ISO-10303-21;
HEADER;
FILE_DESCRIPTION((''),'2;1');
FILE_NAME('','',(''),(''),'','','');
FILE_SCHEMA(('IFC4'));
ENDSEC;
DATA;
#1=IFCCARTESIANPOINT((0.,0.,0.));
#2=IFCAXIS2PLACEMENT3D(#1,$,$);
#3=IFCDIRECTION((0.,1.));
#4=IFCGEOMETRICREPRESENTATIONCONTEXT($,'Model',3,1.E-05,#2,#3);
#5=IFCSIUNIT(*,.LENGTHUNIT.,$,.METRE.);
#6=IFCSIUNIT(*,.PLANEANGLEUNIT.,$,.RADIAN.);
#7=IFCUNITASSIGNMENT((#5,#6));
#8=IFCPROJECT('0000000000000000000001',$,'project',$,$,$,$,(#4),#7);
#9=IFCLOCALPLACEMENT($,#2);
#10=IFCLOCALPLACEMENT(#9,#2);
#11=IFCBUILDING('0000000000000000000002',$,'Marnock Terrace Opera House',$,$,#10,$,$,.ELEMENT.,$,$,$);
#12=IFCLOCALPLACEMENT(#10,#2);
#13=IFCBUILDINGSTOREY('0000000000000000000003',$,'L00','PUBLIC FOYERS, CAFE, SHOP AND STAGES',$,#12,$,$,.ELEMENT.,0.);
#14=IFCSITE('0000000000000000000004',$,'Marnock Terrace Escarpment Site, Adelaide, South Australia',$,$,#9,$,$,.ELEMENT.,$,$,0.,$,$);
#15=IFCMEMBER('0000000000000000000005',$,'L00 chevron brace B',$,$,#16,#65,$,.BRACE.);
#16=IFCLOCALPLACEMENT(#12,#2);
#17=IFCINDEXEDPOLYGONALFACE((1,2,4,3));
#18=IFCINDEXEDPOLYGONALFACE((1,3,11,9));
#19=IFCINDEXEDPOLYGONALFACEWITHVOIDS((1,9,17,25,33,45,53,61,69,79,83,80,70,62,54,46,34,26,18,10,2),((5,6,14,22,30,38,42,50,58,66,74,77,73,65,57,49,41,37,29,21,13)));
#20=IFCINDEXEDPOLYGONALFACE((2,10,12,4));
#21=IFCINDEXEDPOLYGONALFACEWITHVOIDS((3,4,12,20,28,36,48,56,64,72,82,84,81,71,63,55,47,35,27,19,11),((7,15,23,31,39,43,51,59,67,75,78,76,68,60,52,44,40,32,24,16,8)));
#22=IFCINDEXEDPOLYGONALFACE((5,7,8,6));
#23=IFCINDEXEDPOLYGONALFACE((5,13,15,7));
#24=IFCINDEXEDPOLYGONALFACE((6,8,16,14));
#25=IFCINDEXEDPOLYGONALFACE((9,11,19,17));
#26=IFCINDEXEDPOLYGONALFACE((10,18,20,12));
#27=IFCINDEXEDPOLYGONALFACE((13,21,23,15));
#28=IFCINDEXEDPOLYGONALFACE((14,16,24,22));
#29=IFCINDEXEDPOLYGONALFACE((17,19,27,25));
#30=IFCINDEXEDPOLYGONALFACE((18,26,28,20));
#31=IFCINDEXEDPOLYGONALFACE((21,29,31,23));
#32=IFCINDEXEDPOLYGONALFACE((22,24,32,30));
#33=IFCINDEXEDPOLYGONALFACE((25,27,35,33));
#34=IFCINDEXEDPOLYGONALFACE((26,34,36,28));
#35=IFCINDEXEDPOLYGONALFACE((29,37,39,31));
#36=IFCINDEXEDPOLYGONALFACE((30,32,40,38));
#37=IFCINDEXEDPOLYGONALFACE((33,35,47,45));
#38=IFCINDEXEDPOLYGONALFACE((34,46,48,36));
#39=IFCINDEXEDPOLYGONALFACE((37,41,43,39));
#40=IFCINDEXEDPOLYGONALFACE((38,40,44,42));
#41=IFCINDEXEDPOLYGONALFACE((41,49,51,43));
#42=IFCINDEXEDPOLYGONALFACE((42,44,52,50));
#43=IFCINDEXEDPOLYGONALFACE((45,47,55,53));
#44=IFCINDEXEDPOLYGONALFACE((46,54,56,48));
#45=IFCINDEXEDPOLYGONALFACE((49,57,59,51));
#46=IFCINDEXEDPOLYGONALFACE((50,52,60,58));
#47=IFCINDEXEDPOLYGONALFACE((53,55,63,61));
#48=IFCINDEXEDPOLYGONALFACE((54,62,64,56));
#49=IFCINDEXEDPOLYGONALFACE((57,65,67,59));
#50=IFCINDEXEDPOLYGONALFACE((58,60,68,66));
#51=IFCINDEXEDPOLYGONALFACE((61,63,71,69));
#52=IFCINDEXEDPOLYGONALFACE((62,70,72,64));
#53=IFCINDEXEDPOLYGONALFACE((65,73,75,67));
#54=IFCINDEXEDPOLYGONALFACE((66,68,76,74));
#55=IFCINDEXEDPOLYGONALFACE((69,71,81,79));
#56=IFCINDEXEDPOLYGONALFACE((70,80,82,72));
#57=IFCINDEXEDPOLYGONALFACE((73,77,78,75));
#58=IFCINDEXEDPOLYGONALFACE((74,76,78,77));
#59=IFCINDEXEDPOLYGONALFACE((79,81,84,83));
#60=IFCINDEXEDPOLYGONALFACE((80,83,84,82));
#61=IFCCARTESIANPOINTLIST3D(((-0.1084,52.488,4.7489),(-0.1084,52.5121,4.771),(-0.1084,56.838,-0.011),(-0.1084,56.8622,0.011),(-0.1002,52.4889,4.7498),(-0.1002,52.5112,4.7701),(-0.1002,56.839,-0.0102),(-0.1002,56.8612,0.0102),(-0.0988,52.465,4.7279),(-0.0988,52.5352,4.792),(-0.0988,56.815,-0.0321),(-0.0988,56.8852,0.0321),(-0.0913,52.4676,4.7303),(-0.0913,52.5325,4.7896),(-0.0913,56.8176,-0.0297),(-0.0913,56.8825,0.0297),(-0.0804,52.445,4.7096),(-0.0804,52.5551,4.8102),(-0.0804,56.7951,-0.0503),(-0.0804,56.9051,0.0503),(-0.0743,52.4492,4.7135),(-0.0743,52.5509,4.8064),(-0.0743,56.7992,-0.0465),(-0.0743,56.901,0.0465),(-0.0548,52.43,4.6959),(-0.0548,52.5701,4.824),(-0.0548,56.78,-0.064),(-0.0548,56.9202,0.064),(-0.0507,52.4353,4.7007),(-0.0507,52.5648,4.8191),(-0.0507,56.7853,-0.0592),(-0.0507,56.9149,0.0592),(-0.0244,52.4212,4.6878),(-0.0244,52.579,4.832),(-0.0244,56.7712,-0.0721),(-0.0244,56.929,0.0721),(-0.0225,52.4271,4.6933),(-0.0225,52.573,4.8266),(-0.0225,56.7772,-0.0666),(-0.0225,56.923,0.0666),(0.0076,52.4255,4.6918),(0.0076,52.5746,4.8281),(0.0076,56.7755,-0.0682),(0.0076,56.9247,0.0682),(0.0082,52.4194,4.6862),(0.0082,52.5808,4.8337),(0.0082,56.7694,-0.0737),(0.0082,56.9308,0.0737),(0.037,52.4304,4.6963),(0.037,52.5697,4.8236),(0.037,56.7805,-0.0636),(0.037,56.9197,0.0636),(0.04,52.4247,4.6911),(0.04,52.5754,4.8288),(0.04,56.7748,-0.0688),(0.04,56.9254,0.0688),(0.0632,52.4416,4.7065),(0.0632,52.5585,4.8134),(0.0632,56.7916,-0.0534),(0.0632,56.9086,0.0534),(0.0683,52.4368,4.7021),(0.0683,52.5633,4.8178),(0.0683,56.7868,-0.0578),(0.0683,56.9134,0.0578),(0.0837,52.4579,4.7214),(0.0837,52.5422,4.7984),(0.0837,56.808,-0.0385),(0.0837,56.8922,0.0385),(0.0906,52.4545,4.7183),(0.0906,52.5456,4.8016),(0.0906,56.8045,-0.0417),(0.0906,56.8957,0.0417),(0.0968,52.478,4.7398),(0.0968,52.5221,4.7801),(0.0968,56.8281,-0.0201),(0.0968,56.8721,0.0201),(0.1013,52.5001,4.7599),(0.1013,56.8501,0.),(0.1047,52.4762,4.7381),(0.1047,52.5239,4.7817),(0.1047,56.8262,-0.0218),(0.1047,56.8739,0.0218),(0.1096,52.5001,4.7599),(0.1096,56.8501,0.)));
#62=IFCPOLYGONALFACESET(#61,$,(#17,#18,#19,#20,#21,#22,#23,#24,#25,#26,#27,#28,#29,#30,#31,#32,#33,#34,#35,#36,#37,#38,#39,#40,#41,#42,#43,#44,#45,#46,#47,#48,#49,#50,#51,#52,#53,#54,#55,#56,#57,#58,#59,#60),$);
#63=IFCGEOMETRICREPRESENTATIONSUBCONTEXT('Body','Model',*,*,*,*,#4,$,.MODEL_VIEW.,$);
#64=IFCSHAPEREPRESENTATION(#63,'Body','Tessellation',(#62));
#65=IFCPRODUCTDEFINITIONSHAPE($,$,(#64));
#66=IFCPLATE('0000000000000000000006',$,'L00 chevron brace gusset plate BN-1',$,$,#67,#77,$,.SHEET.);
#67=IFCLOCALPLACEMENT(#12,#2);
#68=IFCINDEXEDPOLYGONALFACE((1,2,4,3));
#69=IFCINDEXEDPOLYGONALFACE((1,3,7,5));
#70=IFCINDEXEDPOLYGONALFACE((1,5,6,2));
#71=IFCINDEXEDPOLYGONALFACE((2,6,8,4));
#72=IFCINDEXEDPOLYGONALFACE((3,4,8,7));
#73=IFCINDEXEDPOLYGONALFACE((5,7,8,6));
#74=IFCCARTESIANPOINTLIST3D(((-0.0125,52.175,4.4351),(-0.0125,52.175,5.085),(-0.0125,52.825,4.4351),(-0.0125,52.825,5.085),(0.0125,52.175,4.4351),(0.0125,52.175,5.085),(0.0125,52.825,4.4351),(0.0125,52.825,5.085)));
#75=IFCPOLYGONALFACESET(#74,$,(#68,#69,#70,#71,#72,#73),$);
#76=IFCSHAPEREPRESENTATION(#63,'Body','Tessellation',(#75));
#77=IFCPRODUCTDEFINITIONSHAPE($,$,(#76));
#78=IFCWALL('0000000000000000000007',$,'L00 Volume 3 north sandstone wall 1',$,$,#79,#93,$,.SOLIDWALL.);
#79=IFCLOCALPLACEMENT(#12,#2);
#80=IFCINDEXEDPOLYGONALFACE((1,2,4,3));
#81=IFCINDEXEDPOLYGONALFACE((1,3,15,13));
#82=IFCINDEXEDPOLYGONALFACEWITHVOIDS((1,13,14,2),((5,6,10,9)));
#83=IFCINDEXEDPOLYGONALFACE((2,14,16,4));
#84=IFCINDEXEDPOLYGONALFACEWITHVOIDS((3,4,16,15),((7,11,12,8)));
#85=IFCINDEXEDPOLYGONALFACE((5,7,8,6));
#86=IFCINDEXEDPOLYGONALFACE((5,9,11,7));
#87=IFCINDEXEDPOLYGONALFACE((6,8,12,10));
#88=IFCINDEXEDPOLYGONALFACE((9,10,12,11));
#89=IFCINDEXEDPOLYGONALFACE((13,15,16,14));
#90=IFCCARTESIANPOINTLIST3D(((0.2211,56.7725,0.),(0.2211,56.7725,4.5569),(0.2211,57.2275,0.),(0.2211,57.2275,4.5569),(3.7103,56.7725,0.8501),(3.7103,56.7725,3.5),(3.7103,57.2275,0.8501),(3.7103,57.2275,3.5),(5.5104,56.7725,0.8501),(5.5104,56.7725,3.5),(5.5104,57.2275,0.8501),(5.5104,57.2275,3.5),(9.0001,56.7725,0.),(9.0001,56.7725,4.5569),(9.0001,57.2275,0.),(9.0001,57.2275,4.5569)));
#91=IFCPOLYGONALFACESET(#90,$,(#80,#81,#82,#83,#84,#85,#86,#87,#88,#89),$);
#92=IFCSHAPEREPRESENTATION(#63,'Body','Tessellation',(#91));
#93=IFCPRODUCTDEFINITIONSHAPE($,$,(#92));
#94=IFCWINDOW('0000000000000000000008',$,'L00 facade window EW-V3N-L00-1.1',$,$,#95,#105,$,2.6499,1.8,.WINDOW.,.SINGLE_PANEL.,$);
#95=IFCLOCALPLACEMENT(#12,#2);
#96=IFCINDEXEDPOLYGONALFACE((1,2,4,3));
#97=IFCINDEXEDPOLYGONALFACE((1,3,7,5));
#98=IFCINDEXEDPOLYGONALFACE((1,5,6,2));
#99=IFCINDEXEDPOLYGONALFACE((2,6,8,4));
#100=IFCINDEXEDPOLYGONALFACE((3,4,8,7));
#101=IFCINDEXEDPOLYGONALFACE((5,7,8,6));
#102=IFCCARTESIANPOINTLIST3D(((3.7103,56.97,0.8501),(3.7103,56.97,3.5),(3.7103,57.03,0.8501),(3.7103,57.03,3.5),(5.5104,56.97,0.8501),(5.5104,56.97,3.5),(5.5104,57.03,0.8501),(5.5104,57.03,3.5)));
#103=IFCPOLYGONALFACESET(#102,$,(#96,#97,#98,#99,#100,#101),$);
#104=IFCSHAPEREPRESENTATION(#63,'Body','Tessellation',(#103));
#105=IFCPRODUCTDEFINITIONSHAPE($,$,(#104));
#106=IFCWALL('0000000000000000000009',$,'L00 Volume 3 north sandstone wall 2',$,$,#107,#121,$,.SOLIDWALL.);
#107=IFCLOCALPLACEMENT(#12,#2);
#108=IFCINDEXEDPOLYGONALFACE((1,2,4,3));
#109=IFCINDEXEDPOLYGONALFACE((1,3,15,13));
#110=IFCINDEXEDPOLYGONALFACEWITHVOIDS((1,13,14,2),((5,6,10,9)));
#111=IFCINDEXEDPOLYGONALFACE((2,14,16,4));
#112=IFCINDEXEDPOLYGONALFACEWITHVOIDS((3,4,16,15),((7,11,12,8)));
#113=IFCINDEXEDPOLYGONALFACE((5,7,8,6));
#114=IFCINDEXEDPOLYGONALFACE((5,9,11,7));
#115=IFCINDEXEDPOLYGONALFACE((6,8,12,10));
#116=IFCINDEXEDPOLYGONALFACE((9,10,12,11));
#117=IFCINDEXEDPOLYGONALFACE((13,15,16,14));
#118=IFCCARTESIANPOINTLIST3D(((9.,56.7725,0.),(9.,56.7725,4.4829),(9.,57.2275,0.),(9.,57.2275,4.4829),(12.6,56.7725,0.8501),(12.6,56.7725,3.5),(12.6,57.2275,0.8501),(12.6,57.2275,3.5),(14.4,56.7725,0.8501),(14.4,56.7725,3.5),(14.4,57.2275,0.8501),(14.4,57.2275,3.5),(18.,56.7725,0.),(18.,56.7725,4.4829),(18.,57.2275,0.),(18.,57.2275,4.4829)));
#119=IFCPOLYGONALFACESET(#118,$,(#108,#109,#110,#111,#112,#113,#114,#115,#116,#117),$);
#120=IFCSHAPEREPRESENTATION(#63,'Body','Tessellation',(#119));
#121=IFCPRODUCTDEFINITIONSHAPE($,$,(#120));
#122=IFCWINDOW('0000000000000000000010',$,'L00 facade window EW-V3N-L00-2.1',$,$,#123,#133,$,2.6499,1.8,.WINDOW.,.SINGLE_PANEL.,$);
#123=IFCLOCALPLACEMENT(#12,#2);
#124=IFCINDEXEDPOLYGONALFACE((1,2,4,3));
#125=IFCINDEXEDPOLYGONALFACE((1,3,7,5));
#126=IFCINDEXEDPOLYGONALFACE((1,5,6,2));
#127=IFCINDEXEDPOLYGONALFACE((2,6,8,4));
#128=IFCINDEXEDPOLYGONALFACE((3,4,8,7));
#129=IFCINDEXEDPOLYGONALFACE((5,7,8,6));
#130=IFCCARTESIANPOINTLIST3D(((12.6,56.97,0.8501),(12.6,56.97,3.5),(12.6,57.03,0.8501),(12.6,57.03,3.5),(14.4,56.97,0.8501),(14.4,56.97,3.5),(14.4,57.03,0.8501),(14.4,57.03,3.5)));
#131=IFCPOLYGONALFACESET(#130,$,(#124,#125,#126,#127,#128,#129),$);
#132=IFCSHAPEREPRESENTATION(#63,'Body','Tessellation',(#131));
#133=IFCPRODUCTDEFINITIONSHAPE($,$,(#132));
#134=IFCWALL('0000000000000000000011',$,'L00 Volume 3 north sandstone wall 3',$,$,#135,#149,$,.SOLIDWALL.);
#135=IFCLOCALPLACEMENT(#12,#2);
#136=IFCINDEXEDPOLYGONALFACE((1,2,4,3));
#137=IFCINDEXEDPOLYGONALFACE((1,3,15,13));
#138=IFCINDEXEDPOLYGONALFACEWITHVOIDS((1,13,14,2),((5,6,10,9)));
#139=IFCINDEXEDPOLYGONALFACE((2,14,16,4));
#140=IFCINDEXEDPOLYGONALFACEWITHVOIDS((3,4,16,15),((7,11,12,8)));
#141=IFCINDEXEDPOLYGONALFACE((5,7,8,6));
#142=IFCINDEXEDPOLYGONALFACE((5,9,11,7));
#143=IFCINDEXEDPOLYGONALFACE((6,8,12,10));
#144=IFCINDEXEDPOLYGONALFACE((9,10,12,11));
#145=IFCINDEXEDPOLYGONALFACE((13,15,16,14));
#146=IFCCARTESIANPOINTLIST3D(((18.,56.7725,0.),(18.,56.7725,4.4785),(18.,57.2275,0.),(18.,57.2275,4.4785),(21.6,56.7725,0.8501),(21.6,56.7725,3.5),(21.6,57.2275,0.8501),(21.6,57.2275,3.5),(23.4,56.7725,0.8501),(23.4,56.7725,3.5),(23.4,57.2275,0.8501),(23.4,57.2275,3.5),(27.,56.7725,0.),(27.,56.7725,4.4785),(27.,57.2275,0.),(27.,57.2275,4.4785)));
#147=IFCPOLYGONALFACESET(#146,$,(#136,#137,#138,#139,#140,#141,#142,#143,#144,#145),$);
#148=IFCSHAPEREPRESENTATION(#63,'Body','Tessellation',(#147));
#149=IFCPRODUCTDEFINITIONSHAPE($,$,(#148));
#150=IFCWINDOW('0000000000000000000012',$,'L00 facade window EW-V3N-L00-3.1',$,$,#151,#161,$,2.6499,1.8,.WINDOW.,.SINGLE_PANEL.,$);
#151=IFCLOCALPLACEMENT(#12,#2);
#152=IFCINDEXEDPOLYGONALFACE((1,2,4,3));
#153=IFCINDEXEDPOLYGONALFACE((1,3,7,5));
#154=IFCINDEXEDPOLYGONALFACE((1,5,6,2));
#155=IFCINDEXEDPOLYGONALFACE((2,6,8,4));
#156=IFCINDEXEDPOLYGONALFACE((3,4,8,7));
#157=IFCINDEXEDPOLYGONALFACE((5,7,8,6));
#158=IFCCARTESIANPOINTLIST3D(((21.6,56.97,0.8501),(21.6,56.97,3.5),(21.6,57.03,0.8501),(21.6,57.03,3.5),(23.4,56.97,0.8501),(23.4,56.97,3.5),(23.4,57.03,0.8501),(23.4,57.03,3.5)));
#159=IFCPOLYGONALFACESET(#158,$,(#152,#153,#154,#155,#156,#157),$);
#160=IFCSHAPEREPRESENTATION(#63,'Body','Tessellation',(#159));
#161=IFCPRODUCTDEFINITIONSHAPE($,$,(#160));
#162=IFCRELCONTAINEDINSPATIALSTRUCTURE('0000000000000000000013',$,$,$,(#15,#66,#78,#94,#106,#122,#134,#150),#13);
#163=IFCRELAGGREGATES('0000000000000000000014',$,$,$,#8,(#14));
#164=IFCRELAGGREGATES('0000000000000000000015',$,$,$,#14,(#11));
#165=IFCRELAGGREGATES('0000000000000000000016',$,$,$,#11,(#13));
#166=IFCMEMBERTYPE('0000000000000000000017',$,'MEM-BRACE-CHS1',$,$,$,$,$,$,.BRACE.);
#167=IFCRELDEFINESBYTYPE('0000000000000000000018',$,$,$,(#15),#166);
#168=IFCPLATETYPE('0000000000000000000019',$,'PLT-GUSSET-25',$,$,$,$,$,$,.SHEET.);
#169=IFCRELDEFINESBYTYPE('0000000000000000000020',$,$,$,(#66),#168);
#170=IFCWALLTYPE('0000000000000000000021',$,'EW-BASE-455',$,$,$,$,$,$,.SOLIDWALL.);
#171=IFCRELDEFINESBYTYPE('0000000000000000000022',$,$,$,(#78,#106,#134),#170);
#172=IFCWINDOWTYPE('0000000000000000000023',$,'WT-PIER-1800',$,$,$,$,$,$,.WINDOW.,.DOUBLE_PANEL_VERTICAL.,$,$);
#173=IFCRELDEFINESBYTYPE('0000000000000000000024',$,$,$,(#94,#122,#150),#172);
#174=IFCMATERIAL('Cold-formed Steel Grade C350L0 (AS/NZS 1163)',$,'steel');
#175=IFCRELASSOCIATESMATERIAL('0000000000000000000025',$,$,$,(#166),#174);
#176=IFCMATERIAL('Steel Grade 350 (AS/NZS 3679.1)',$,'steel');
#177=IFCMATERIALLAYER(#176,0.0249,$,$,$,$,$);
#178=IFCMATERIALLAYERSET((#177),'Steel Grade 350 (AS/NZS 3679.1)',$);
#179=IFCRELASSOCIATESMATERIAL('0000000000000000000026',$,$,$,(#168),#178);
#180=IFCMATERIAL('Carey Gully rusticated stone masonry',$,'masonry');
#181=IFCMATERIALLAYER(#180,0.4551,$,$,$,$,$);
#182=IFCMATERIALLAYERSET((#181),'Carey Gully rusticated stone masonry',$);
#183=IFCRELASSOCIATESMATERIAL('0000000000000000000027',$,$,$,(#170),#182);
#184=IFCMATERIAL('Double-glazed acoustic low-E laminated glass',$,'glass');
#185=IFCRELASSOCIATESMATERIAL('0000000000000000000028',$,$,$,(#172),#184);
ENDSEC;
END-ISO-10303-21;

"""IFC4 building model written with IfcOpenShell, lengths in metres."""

from ifc_helpers import new_model, si_unit, direction, frame, frame_2d, origin, origin_2d, place, context, subcontext, project, spatial, rectangle, hollow_circle, extrude, material, layer, layer_set, material_profile, profile_set, type_object, element, fill, save


model = new_model("IFC4")

# Units and contexts
model_context = context("Model", 3, precision=1e-05, world=origin(), true_north=direction((0.0, 1.0)))
body_context = subcontext(model_context, "Body", "Model", "MODEL_VIEW")
ifc_project = project(units=[si_unit("LENGTHUNIT", "METRE"), si_unit("PLANEANGLEUNIT", "RADIAN")], contexts=[model_context])

# Site, building, storey
site_placement = place(None, origin())
site = spatial("IfcSite", under=ifc_project, at=site_placement, Name="Marnock Terrace Escarpment Site, Adelaide, South Australia", CompositionType="ELEMENT", RefElevation=0.0)
building_placement = place(site_placement, origin())
building = spatial("IfcBuilding", under=site, at=building_placement, Name="Marnock Terrace Opera House", CompositionType="ELEMENT")
storey_placement = place(building_placement, origin())
storey = spatial("IfcBuildingStorey", under=building, at=storey_placement, Name="L00", Description="PUBLIC FOYERS, CAFE, SHOP AND STAGES", CompositionType="ELEMENT", Elevation=0.0)

# Shared definitions
ifc_material_1 = material(Name="Steel Grade 350 (AS/NZS 3679.1)", Category="steel")

# Member
ifc_material_2 = material(Name="Cold-formed Steel Grade C350L0 (AS/NZS 1163)", Category="steel")
ifc_material_profile_1 = material_profile(ifc_material_2, hollow_circle(Radius=0.1096, WallThickness=0.0083, at=origin_2d()))
ifc_profile_set_1 = profile_set([ifc_material_profile_1], Name="Cold-formed Steel Grade C350L0 (AS/NZS 1163)")
member_type = type_object("IfcMemberType", Name="MEM-BRACE-CHS1", PredefinedType="BRACE", material=ifc_profile_set_1)
for number, where, z_axis, x_axis, name in (
    (1, (0.0, 56.8501, 0.0), (0.0, -0.674608, 0.738176), (1.0, 0.0, 0.0), "L00 chevron brace B"),
):
    element("IfcMember", number, at=place(storey_placement, frame(where, z_axis=z_axis, x_axis=x_axis)), inside=storey, type_object=member_type, Name=name, PredefinedType="BRACE", context=body_context, shape_type="SweptSolid", body=[
        extrude(hollow_circle(Radius=0.1096, WallThickness=0.0083, at=origin_2d()), origin(), (0.0, 0.0, 1.0), 6.4482),
    ])

# Plate
ifc_layer_1 = layer(ifc_material_1, 0.0249)
ifc_layer_set_1 = layer_set([ifc_layer_1], Name="Steel Grade 350 (AS/NZS 3679.1)")
plate_type = type_object("IfcPlateType", Name="PLT-GUSSET-25", PredefinedType="SHEET", material=ifc_layer_set_1)
plate_placement = place(storey_placement, frame((0.0, 52.5, 4.4351), z_axis=(0.0, 0.0, 1.0), x_axis=(0.0, 1.0, 0.0)))
element("IfcPlate", 2, at=plate_placement, inside=storey, type_object=plate_type, Name="L00 chevron brace gusset plate BN-1", PredefinedType="SHEET", context=body_context, shape_type="SweptSolid", body=[
    extrude(rectangle(XDim=0.6499, YDim=0.0249, at=origin_2d()), origin(), (0.0, 0.0, 1.0), 0.6499),
])

# Walls, openings, windows
ifc_material_3 = material(Name="Carey Gully rusticated stone masonry", Category="masonry")
ifc_layer_2 = layer(ifc_material_3, 0.4551)
ifc_layer_set_2 = layer_set([ifc_layer_2], Name="Carey Gully rusticated stone masonry")
wall_type_1 = type_object("IfcWallType", Name="EW-BASE-455", PredefinedType="SOLIDWALL", material=ifc_layer_set_2)
wall_1_placement = place(storey_placement, frame((0.2209, 57.0, 0.0), z_axis=(0.0, 0.0, 1.0), x_axis=(1.0, 0.0, 0.0)))
wall_1 = element("IfcWall", 3, at=wall_1_placement, inside=storey, type_object=wall_type_1, Name="L00 Volume 3 north sandstone wall 1", PredefinedType="SOLIDWALL", context=body_context, shape_type="SweptSolid", body=[
    extrude(rectangle(XDim=8.7791, YDim=0.4551, at=frame_2d((4.3896, 0.0))), origin(), (0.0, 0.0, 1.0), 4.5569),
])
opening_1_placement = place(wall_1_placement, frame((3.4895, 0.0, 0.8501)))
opening_1 = element("IfcOpeningElement", 4, at=opening_1_placement, cuts=wall_1, PredefinedType="OPENING", context=body_context, shape_type="SweptSolid", body=[
    extrude(rectangle(XDim=1.8, YDim=2.6499, at=frame_2d((0.8999, 1.325))), frame((0.0, 0.2375, 0.0), z_axis=(0.0, -1.0, 0.0), x_axis=(1.0, 0.0, 0.0)), (0.0, 0.0, 1.0), 0.4751),
])
ifc_material_4 = material(Name="Double-glazed acoustic low-E laminated glass", Category="glass")
window_type_1 = type_object("IfcWindowType", Name="WT-PIER-1800", PartitioningType="DOUBLE_PANEL_VERTICAL", PredefinedType="WINDOW", material=ifc_material_4)
window_1_placement = place(opening_1_placement, origin())
window_1 = element("IfcWindow", 5, at=window_1_placement, inside=storey, type_object=window_type_1, Name="L00 facade window EW-V3N-L00-1.1", OverallHeight=2.6499, OverallWidth=1.8, PartitioningType="SINGLE_PANEL", PredefinedType="WINDOW", context=body_context, shape_type="SweptSolid", body=[
    extrude(rectangle(XDim=1.8, YDim=2.6499, at=frame_2d((0.8999, 1.325))), frame((0.0, 0.03, 0.0), z_axis=(0.0, -1.0, 0.0), x_axis=(1.0, 0.0, 0.0)), (0.0, 0.0, 1.0), 0.0601),
])
fill(opening_1, window_1)
wall_2_placement = place(storey_placement, frame((9.0, 57.0, 0.0), z_axis=(0.0, 0.0, 1.0), x_axis=(1.0, 0.0, 0.0)))
wall_2 = element("IfcWall", 6, at=wall_2_placement, inside=storey, type_object=wall_type_1, Name="L00 Volume 3 north sandstone wall 2", PredefinedType="SOLIDWALL", context=body_context, shape_type="SweptSolid", body=[
    extrude(rectangle(XDim=9.0, YDim=0.4551, at=frame_2d((4.5, 0.0))), origin(), (0.0, 0.0, 1.0), 4.4829),
])
opening_2_placement = place(wall_2_placement, frame((3.6001, 0.0, 0.8501)))
opening_2 = element("IfcOpeningElement", 7, at=opening_2_placement, cuts=wall_2, PredefinedType="OPENING", context=body_context, shape_type="SweptSolid", body=[
    extrude(rectangle(XDim=1.8, YDim=2.6499, at=frame_2d((0.8999, 1.325))), frame((0.0, 0.2375, 0.0), z_axis=(0.0, -1.0, 0.0), x_axis=(1.0, 0.0, 0.0)), (0.0, 0.0, 1.0), 0.4751),
])
window_2_placement = place(opening_2_placement, origin())
window_2 = element("IfcWindow", 8, at=window_2_placement, inside=storey, type_object=window_type_1, Name="L00 facade window EW-V3N-L00-2.1", OverallHeight=2.6499, OverallWidth=1.8, PartitioningType="SINGLE_PANEL", PredefinedType="WINDOW", context=body_context, shape_type="SweptSolid", body=[
    extrude(rectangle(XDim=1.8, YDim=2.6499, at=frame_2d((0.8999, 1.325))), frame((0.0, 0.03, 0.0), z_axis=(0.0, -1.0, 0.0), x_axis=(1.0, 0.0, 0.0)), (0.0, 0.0, 1.0), 0.0601),
])
fill(opening_2, window_2)
wall_3_placement = place(storey_placement, frame((18.0, 57.0, 0.0), z_axis=(0.0, 0.0, 1.0), x_axis=(1.0, 0.0, 0.0)))
wall_3 = element("IfcWall", 9, at=wall_3_placement, inside=storey, type_object=wall_type_1, Name="L00 Volume 3 north sandstone wall 3", PredefinedType="SOLIDWALL", context=body_context, shape_type="SweptSolid", body=[
    extrude(rectangle(XDim=9.0, YDim=0.4551, at=frame_2d((4.5, 0.0))), origin(), (0.0, 0.0, 1.0), 4.4785),
])
opening_3_placement = place(wall_3_placement, frame((3.6001, 0.0, 0.8501)))
opening_3 = element("IfcOpeningElement", 10, at=opening_3_placement, cuts=wall_3, PredefinedType="OPENING", context=body_context, shape_type="SweptSolid", body=[
    extrude(rectangle(XDim=1.8, YDim=2.6499, at=frame_2d((0.8999, 1.325))), frame((0.0, 0.2375, 0.0), z_axis=(0.0, -1.0, 0.0), x_axis=(1.0, 0.0, 0.0)), (0.0, 0.0, 1.0), 0.4751),
])
window_3_placement = place(opening_3_placement, origin())
window_3 = element("IfcWindow", 11, at=window_3_placement, inside=storey, type_object=window_type_1, Name="L00 facade window EW-V3N-L00-3.1", OverallHeight=2.6499, OverallWidth=1.8, PartitioningType="SINGLE_PANEL", PredefinedType="WINDOW", context=body_context, shape_type="SweptSolid", body=[
    extrude(rectangle(XDim=1.8, YDim=2.6499, at=frame_2d((0.8999, 1.325))), frame((0.0, 0.03, 0.0), z_axis=(0.0, -1.0, 0.0), x_axis=(1.0, 0.0, 0.0)), (0.0, 0.0, 1.0), 0.0601),
])
fill(opening_3, window_3)

save(model, "model.ifc")
